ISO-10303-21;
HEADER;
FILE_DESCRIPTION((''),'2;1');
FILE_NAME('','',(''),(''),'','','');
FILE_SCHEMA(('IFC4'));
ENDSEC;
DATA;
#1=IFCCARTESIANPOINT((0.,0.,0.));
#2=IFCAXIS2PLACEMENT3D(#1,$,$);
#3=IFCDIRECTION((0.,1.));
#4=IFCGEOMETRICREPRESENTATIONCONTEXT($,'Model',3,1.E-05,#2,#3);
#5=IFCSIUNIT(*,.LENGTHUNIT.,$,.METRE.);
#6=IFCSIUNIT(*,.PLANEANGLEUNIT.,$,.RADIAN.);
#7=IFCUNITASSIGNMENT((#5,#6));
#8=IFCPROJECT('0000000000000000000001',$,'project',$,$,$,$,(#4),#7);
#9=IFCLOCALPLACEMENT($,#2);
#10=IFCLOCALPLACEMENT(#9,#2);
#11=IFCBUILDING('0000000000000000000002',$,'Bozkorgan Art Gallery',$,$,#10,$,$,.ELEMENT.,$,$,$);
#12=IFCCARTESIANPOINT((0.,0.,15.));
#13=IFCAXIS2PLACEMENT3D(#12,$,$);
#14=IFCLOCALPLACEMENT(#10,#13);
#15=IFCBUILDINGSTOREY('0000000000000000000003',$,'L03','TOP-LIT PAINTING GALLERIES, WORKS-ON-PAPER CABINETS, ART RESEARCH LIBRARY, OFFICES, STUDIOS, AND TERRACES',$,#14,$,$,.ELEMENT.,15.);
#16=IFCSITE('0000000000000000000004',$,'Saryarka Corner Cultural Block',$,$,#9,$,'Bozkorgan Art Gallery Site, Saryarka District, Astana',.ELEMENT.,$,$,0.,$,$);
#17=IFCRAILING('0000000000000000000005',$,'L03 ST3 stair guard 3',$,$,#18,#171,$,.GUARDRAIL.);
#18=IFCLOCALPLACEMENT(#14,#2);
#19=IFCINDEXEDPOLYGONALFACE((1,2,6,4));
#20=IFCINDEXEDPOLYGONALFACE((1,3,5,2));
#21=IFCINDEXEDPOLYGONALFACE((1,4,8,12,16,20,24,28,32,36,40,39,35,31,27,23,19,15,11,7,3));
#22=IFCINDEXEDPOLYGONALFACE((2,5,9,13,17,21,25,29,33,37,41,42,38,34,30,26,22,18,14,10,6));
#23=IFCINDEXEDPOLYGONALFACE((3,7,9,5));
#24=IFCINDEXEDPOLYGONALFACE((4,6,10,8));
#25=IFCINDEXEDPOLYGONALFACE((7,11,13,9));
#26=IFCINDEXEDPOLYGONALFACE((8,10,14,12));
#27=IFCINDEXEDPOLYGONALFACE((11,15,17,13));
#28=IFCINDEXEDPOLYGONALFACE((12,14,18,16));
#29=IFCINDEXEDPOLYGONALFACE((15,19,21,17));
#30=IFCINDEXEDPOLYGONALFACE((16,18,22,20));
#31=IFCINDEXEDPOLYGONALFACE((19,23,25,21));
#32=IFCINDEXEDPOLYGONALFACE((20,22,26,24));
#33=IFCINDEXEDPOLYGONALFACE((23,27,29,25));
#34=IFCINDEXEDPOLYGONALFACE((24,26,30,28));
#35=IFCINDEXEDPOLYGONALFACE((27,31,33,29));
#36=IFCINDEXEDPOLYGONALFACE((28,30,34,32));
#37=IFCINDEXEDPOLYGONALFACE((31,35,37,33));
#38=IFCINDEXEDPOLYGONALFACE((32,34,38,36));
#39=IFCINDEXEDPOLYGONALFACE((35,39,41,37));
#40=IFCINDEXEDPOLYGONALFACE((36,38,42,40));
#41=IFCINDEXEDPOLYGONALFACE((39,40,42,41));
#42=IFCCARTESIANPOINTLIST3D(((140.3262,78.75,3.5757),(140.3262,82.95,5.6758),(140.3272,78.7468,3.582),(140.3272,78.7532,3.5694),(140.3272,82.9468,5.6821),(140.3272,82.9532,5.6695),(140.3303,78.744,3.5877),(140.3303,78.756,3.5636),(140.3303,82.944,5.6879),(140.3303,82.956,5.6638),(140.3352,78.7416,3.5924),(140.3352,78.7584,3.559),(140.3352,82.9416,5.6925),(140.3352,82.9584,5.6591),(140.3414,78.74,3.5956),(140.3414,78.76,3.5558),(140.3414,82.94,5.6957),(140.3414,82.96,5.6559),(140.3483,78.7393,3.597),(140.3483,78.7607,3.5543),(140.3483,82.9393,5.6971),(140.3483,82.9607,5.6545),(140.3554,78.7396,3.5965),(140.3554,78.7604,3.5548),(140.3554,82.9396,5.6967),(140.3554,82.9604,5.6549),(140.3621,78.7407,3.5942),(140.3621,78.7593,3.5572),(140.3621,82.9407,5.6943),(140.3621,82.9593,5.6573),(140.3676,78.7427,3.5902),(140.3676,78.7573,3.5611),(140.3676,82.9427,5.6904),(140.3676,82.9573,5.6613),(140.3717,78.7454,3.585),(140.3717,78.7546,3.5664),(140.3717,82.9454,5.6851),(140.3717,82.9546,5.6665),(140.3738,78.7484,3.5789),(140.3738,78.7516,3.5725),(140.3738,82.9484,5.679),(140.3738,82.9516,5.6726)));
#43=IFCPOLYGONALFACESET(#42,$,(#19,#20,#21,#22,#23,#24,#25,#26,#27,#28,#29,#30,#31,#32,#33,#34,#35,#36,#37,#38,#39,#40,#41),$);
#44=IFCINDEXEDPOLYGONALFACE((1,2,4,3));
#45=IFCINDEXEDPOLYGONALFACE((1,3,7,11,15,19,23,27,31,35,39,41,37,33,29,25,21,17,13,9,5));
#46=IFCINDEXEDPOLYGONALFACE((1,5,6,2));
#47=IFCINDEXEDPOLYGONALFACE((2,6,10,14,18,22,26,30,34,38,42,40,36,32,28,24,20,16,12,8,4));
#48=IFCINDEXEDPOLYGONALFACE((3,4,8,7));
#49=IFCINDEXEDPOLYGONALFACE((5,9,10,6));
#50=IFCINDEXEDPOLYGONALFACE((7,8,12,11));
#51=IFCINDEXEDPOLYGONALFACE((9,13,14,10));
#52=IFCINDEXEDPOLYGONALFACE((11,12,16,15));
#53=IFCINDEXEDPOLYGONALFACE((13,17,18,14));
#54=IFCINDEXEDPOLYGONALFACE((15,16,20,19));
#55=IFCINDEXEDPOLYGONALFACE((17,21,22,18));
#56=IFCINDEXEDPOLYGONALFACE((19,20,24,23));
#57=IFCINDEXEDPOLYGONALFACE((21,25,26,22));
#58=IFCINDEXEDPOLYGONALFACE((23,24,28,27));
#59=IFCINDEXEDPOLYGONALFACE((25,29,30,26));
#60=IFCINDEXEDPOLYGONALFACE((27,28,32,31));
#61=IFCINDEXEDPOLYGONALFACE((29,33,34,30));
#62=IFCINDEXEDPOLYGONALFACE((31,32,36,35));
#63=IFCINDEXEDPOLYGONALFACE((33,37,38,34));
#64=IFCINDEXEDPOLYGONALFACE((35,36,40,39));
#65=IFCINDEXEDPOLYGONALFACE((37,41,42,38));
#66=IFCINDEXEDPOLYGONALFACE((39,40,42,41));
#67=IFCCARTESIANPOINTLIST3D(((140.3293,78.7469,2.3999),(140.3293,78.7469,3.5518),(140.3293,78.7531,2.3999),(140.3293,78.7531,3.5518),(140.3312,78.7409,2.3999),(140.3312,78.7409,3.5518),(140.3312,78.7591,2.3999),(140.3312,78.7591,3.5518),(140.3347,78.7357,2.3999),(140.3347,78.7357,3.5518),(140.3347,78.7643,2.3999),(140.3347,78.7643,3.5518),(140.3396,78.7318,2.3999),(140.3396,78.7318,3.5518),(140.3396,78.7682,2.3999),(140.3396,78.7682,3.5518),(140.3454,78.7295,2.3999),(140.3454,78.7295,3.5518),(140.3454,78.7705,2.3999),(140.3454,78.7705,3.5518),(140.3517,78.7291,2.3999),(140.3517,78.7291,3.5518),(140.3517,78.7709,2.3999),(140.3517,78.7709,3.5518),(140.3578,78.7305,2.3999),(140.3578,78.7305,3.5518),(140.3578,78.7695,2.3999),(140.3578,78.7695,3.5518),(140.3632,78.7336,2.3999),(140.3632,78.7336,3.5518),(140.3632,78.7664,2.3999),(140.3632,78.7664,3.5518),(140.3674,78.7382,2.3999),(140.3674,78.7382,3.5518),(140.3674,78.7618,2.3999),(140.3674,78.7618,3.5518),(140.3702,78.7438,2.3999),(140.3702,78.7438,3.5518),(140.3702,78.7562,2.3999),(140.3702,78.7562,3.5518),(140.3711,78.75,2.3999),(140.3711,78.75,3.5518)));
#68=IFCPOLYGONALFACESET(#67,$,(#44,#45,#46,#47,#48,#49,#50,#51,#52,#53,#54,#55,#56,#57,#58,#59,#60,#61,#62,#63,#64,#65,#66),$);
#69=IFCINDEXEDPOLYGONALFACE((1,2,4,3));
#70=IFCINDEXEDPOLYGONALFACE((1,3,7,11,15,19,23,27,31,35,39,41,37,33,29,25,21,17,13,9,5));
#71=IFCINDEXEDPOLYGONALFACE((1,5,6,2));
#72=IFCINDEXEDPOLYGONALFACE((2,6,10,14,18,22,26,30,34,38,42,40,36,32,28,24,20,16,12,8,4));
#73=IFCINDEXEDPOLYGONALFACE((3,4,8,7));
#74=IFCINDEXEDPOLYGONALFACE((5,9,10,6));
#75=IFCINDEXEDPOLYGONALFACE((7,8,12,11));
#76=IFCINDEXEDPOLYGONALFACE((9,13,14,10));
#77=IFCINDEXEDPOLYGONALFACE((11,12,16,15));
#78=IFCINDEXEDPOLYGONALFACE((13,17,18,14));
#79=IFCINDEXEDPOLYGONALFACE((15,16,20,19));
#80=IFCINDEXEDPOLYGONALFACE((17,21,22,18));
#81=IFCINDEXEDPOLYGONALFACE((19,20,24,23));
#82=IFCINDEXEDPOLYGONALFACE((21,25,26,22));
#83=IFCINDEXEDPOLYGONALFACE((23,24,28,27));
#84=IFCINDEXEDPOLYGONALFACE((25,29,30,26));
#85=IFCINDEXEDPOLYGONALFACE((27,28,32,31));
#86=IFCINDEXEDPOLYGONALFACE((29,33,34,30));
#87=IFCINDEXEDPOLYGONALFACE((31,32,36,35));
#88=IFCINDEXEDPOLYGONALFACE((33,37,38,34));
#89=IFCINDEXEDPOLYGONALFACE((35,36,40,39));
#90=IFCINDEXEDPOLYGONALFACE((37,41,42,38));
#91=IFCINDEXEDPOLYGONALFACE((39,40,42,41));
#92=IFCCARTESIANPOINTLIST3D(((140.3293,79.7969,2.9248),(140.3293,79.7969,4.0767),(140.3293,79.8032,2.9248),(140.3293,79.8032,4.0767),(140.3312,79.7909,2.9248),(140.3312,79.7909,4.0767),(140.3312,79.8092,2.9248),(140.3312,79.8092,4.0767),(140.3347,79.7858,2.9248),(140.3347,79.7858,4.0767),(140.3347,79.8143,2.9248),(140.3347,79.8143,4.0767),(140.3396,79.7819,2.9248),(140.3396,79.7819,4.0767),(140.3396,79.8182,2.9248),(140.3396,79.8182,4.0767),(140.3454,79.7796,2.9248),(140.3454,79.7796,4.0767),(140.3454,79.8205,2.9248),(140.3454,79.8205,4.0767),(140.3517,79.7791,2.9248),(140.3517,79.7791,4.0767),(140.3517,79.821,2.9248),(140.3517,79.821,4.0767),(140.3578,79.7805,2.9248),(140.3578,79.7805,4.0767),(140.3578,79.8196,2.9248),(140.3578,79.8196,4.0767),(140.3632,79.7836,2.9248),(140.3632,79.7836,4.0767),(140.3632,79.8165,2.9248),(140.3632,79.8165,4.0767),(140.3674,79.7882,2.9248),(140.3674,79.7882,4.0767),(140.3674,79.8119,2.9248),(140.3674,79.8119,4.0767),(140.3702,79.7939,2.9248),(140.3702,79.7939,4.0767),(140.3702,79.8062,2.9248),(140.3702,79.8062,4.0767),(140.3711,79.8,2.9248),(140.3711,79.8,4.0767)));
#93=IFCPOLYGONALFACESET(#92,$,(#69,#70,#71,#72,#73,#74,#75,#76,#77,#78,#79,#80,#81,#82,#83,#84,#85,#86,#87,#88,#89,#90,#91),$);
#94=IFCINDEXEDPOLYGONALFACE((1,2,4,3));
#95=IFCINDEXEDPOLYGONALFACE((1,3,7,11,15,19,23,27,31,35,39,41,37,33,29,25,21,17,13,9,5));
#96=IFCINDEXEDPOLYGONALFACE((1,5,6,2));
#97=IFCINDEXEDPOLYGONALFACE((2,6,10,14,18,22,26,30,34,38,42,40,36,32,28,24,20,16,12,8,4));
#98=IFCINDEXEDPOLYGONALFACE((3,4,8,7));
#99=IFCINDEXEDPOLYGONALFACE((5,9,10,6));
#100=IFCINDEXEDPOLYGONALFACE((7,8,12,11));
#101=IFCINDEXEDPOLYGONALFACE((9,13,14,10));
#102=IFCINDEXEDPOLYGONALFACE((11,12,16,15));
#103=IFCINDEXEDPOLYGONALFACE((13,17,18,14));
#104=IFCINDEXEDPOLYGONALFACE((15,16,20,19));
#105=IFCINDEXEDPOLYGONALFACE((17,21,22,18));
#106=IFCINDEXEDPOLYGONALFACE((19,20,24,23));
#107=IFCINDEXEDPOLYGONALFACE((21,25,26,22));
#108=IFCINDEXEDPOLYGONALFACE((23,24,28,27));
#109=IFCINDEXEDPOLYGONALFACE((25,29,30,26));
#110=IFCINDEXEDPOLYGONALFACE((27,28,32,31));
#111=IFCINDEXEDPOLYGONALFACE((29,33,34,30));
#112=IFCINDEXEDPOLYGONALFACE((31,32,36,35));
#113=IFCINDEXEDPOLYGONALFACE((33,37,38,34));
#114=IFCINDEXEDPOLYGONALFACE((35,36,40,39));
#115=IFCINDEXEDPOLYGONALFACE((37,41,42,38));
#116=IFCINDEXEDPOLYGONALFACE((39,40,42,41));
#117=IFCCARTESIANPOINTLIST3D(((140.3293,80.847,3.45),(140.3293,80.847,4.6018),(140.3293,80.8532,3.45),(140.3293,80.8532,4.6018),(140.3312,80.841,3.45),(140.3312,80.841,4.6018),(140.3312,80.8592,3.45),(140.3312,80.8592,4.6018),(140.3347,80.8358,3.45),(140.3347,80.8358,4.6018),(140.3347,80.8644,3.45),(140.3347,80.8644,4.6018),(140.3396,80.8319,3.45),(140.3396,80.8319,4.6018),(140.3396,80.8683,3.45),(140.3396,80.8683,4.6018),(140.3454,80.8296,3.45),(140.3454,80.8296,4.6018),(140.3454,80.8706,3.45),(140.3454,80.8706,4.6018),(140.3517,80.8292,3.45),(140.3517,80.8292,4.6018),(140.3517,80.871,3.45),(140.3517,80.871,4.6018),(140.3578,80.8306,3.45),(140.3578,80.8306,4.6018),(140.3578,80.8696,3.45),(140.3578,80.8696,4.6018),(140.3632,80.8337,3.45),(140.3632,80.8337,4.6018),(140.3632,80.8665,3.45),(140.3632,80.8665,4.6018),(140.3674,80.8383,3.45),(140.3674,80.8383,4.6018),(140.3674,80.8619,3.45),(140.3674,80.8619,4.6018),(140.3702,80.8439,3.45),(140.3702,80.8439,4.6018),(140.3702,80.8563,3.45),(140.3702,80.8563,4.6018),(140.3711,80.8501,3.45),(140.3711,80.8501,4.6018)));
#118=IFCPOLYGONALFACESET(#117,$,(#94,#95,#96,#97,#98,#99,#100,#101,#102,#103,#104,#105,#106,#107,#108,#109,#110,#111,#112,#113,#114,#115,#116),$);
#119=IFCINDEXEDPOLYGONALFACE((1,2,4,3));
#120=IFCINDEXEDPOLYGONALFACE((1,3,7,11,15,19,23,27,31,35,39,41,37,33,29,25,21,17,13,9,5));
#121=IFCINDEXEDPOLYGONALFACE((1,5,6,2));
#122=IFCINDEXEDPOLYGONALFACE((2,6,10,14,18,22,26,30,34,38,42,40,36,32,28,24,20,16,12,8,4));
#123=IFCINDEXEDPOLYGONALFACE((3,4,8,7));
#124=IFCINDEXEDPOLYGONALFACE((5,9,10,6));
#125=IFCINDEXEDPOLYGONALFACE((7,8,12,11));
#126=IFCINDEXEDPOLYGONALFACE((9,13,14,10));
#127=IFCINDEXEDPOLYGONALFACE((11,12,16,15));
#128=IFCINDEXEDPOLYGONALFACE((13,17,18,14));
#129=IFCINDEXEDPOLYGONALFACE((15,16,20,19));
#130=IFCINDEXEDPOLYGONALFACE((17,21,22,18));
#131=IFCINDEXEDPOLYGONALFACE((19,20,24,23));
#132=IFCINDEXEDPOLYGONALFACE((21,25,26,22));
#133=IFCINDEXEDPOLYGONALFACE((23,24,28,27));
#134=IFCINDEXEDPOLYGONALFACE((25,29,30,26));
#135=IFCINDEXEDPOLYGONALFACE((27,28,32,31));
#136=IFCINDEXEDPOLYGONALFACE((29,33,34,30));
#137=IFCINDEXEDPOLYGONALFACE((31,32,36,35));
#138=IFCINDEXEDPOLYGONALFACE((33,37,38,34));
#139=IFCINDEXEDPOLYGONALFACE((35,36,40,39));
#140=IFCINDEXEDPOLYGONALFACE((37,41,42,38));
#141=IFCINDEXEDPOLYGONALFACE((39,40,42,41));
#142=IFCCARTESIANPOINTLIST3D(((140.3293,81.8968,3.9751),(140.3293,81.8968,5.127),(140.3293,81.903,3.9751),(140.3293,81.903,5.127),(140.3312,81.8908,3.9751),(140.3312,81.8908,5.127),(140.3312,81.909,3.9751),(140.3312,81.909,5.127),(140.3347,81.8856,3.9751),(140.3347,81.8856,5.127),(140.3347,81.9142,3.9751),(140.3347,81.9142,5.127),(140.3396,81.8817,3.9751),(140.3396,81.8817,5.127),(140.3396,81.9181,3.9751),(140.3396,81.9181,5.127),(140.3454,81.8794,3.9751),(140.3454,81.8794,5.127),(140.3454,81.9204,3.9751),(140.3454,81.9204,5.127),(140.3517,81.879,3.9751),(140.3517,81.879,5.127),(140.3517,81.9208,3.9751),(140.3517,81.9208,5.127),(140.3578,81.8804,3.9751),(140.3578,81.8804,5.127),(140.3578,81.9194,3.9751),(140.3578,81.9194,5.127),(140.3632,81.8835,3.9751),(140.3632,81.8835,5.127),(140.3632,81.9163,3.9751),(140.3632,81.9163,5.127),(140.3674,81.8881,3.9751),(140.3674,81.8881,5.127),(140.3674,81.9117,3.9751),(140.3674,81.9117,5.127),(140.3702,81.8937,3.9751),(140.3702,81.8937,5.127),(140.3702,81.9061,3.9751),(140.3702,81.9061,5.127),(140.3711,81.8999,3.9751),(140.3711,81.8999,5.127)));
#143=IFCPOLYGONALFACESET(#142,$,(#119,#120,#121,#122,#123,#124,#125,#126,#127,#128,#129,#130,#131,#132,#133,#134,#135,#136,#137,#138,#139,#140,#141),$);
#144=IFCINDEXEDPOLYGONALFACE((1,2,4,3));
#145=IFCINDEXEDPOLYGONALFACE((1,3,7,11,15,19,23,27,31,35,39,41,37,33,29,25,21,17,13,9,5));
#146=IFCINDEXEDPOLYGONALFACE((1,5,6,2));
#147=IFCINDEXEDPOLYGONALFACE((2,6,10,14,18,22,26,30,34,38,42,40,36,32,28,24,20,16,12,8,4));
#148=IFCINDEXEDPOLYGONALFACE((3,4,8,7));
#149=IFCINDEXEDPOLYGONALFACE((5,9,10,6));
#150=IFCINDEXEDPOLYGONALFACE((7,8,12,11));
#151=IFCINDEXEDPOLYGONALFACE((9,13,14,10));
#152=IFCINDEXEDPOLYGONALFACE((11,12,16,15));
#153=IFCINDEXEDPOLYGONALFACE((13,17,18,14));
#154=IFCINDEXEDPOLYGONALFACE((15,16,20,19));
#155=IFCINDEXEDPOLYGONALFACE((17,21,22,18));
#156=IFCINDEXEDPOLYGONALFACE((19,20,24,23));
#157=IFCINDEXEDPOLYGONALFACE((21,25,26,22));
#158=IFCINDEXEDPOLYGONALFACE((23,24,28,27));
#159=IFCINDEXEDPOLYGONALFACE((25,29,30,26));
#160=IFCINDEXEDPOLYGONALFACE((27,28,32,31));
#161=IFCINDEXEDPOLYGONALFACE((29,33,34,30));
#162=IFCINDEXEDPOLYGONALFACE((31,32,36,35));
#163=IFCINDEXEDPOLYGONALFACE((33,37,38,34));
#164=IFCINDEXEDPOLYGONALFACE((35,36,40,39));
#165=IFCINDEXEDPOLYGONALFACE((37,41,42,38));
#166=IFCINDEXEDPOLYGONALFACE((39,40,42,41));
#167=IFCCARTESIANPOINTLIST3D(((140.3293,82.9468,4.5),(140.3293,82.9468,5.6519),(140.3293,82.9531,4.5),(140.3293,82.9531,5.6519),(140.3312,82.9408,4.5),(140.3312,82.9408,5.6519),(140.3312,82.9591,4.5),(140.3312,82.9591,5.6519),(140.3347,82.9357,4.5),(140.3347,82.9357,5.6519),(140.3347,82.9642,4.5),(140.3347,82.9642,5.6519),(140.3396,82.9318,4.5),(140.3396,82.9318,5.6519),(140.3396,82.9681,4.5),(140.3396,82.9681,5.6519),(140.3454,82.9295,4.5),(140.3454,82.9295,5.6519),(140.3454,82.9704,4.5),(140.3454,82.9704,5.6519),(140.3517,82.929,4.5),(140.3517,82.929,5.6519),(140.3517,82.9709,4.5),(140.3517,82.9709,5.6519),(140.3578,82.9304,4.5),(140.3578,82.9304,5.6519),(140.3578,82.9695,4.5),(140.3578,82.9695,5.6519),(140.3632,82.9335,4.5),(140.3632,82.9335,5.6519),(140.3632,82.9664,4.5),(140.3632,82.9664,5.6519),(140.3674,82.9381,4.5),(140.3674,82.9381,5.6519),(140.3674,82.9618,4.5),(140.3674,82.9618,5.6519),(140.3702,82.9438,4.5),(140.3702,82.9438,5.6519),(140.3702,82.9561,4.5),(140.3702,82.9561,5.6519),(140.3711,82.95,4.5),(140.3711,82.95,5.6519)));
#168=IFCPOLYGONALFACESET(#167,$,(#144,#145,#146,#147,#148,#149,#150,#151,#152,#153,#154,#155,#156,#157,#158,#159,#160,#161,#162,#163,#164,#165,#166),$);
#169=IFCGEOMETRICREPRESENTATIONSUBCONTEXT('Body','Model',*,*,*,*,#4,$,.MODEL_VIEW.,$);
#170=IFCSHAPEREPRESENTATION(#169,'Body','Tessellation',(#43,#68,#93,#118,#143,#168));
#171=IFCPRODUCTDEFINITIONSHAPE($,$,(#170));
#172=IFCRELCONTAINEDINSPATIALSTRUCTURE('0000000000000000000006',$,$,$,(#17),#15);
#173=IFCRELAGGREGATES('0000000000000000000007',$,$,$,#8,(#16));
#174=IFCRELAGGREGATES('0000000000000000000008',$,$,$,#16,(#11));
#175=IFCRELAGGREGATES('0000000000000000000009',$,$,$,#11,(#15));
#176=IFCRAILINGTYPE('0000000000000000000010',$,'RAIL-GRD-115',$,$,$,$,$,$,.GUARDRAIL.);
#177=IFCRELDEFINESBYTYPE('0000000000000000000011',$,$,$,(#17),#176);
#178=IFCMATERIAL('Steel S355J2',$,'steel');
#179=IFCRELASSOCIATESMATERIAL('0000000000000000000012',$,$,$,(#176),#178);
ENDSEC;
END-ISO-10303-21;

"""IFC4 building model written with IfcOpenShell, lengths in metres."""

from ifc_helpers import new_model, si_unit, direction, frame, origin, origin_2d, place, context, subcontext, project, spatial, circle, extrude, material, type_object, element, save


model = new_model("IFC4")

# Units and contexts
model_context = context("Model", 3, precision=1e-05, world=origin(), true_north=direction((0.0, 1.0)))
body_context = subcontext(model_context, "Body", "Model", "MODEL_VIEW")
ifc_project = project(units=[si_unit("LENGTHUNIT", "METRE"), si_unit("PLANEANGLEUNIT", "RADIAN")], contexts=[model_context])

# Site, building, storey
site_placement = place(None, origin())
site = spatial("IfcSite", under=ifc_project, at=site_placement, Name="Saryarka Corner Cultural Block", LongName="Bozkorgan Art Gallery Site, Saryarka District, Astana", CompositionType="ELEMENT", RefElevation=0.0)
building_placement = place(site_placement, origin())
building = spatial("IfcBuilding", under=site, at=building_placement, Name="Bozkorgan Art Gallery", CompositionType="ELEMENT")
storey_placement = place(building_placement, frame((0.0, 0.0, 15.0)))
storey = spatial("IfcBuildingStorey", under=building, at=storey_placement, Name="L03", Description="TOP-LIT PAINTING GALLERIES, WORKS-ON-PAPER CABINETS, ART RESEARCH LIBRARY, OFFICES, STUDIOS, AND TERRACES", CompositionType="ELEMENT", Elevation=15.0)

# Shared definitions
ifc_material_1 = material(Name="Steel S355J2", Category="steel")

# Railing
railing_type_1 = type_object("IfcRailingType", Name="RAIL-GRD-115", PredefinedType="GUARDRAIL", material=ifc_material_1)
railing_1_placement = place(storey_placement, frame((140.3501, 78.75, 2.3999)))
element("IfcRailing", 1, at=railing_1_placement, inside=storey, type_object=railing_type_1, Name="L03 ST3 stair guard 3", PredefinedType="GUARDRAIL", context=body_context, shape_type="SweptSolid", body=[
    extrude(circle(Radius=0.0239, at=origin_2d()), frame((0.0, 0.0, 1.1758), z_axis=(0.0, 0.894417, 0.447234), x_axis=(-1.0, 0.0, 0.0)), (0.0, 0.0, 1.0), 4.6958),
    extrude(circle(Radius=0.021, at=origin_2d()), origin(), (0.0, 0.0, 1.0), 1.1519),
    extrude(circle(Radius=0.021, at=origin_2d()), frame((0.0, 1.05, 0.5249)), (0.0, 0.0, 1.0), 1.1519),
    extrude(circle(Radius=0.021, at=origin_2d()), frame((0.0, 2.1001, 1.05)), (0.0, 0.0, 1.0), 1.1519),
    extrude(circle(Radius=0.021, at=origin_2d()), frame((0.0, 3.1499, 1.5752)), (0.0, 0.0, 1.0), 1.1519),
    extrude(circle(Radius=0.021, at=origin_2d()), frame((0.0, 4.2, 2.1001)), (0.0, 0.0, 1.0), 1.1519),
])

save(model, "model.ifc")
